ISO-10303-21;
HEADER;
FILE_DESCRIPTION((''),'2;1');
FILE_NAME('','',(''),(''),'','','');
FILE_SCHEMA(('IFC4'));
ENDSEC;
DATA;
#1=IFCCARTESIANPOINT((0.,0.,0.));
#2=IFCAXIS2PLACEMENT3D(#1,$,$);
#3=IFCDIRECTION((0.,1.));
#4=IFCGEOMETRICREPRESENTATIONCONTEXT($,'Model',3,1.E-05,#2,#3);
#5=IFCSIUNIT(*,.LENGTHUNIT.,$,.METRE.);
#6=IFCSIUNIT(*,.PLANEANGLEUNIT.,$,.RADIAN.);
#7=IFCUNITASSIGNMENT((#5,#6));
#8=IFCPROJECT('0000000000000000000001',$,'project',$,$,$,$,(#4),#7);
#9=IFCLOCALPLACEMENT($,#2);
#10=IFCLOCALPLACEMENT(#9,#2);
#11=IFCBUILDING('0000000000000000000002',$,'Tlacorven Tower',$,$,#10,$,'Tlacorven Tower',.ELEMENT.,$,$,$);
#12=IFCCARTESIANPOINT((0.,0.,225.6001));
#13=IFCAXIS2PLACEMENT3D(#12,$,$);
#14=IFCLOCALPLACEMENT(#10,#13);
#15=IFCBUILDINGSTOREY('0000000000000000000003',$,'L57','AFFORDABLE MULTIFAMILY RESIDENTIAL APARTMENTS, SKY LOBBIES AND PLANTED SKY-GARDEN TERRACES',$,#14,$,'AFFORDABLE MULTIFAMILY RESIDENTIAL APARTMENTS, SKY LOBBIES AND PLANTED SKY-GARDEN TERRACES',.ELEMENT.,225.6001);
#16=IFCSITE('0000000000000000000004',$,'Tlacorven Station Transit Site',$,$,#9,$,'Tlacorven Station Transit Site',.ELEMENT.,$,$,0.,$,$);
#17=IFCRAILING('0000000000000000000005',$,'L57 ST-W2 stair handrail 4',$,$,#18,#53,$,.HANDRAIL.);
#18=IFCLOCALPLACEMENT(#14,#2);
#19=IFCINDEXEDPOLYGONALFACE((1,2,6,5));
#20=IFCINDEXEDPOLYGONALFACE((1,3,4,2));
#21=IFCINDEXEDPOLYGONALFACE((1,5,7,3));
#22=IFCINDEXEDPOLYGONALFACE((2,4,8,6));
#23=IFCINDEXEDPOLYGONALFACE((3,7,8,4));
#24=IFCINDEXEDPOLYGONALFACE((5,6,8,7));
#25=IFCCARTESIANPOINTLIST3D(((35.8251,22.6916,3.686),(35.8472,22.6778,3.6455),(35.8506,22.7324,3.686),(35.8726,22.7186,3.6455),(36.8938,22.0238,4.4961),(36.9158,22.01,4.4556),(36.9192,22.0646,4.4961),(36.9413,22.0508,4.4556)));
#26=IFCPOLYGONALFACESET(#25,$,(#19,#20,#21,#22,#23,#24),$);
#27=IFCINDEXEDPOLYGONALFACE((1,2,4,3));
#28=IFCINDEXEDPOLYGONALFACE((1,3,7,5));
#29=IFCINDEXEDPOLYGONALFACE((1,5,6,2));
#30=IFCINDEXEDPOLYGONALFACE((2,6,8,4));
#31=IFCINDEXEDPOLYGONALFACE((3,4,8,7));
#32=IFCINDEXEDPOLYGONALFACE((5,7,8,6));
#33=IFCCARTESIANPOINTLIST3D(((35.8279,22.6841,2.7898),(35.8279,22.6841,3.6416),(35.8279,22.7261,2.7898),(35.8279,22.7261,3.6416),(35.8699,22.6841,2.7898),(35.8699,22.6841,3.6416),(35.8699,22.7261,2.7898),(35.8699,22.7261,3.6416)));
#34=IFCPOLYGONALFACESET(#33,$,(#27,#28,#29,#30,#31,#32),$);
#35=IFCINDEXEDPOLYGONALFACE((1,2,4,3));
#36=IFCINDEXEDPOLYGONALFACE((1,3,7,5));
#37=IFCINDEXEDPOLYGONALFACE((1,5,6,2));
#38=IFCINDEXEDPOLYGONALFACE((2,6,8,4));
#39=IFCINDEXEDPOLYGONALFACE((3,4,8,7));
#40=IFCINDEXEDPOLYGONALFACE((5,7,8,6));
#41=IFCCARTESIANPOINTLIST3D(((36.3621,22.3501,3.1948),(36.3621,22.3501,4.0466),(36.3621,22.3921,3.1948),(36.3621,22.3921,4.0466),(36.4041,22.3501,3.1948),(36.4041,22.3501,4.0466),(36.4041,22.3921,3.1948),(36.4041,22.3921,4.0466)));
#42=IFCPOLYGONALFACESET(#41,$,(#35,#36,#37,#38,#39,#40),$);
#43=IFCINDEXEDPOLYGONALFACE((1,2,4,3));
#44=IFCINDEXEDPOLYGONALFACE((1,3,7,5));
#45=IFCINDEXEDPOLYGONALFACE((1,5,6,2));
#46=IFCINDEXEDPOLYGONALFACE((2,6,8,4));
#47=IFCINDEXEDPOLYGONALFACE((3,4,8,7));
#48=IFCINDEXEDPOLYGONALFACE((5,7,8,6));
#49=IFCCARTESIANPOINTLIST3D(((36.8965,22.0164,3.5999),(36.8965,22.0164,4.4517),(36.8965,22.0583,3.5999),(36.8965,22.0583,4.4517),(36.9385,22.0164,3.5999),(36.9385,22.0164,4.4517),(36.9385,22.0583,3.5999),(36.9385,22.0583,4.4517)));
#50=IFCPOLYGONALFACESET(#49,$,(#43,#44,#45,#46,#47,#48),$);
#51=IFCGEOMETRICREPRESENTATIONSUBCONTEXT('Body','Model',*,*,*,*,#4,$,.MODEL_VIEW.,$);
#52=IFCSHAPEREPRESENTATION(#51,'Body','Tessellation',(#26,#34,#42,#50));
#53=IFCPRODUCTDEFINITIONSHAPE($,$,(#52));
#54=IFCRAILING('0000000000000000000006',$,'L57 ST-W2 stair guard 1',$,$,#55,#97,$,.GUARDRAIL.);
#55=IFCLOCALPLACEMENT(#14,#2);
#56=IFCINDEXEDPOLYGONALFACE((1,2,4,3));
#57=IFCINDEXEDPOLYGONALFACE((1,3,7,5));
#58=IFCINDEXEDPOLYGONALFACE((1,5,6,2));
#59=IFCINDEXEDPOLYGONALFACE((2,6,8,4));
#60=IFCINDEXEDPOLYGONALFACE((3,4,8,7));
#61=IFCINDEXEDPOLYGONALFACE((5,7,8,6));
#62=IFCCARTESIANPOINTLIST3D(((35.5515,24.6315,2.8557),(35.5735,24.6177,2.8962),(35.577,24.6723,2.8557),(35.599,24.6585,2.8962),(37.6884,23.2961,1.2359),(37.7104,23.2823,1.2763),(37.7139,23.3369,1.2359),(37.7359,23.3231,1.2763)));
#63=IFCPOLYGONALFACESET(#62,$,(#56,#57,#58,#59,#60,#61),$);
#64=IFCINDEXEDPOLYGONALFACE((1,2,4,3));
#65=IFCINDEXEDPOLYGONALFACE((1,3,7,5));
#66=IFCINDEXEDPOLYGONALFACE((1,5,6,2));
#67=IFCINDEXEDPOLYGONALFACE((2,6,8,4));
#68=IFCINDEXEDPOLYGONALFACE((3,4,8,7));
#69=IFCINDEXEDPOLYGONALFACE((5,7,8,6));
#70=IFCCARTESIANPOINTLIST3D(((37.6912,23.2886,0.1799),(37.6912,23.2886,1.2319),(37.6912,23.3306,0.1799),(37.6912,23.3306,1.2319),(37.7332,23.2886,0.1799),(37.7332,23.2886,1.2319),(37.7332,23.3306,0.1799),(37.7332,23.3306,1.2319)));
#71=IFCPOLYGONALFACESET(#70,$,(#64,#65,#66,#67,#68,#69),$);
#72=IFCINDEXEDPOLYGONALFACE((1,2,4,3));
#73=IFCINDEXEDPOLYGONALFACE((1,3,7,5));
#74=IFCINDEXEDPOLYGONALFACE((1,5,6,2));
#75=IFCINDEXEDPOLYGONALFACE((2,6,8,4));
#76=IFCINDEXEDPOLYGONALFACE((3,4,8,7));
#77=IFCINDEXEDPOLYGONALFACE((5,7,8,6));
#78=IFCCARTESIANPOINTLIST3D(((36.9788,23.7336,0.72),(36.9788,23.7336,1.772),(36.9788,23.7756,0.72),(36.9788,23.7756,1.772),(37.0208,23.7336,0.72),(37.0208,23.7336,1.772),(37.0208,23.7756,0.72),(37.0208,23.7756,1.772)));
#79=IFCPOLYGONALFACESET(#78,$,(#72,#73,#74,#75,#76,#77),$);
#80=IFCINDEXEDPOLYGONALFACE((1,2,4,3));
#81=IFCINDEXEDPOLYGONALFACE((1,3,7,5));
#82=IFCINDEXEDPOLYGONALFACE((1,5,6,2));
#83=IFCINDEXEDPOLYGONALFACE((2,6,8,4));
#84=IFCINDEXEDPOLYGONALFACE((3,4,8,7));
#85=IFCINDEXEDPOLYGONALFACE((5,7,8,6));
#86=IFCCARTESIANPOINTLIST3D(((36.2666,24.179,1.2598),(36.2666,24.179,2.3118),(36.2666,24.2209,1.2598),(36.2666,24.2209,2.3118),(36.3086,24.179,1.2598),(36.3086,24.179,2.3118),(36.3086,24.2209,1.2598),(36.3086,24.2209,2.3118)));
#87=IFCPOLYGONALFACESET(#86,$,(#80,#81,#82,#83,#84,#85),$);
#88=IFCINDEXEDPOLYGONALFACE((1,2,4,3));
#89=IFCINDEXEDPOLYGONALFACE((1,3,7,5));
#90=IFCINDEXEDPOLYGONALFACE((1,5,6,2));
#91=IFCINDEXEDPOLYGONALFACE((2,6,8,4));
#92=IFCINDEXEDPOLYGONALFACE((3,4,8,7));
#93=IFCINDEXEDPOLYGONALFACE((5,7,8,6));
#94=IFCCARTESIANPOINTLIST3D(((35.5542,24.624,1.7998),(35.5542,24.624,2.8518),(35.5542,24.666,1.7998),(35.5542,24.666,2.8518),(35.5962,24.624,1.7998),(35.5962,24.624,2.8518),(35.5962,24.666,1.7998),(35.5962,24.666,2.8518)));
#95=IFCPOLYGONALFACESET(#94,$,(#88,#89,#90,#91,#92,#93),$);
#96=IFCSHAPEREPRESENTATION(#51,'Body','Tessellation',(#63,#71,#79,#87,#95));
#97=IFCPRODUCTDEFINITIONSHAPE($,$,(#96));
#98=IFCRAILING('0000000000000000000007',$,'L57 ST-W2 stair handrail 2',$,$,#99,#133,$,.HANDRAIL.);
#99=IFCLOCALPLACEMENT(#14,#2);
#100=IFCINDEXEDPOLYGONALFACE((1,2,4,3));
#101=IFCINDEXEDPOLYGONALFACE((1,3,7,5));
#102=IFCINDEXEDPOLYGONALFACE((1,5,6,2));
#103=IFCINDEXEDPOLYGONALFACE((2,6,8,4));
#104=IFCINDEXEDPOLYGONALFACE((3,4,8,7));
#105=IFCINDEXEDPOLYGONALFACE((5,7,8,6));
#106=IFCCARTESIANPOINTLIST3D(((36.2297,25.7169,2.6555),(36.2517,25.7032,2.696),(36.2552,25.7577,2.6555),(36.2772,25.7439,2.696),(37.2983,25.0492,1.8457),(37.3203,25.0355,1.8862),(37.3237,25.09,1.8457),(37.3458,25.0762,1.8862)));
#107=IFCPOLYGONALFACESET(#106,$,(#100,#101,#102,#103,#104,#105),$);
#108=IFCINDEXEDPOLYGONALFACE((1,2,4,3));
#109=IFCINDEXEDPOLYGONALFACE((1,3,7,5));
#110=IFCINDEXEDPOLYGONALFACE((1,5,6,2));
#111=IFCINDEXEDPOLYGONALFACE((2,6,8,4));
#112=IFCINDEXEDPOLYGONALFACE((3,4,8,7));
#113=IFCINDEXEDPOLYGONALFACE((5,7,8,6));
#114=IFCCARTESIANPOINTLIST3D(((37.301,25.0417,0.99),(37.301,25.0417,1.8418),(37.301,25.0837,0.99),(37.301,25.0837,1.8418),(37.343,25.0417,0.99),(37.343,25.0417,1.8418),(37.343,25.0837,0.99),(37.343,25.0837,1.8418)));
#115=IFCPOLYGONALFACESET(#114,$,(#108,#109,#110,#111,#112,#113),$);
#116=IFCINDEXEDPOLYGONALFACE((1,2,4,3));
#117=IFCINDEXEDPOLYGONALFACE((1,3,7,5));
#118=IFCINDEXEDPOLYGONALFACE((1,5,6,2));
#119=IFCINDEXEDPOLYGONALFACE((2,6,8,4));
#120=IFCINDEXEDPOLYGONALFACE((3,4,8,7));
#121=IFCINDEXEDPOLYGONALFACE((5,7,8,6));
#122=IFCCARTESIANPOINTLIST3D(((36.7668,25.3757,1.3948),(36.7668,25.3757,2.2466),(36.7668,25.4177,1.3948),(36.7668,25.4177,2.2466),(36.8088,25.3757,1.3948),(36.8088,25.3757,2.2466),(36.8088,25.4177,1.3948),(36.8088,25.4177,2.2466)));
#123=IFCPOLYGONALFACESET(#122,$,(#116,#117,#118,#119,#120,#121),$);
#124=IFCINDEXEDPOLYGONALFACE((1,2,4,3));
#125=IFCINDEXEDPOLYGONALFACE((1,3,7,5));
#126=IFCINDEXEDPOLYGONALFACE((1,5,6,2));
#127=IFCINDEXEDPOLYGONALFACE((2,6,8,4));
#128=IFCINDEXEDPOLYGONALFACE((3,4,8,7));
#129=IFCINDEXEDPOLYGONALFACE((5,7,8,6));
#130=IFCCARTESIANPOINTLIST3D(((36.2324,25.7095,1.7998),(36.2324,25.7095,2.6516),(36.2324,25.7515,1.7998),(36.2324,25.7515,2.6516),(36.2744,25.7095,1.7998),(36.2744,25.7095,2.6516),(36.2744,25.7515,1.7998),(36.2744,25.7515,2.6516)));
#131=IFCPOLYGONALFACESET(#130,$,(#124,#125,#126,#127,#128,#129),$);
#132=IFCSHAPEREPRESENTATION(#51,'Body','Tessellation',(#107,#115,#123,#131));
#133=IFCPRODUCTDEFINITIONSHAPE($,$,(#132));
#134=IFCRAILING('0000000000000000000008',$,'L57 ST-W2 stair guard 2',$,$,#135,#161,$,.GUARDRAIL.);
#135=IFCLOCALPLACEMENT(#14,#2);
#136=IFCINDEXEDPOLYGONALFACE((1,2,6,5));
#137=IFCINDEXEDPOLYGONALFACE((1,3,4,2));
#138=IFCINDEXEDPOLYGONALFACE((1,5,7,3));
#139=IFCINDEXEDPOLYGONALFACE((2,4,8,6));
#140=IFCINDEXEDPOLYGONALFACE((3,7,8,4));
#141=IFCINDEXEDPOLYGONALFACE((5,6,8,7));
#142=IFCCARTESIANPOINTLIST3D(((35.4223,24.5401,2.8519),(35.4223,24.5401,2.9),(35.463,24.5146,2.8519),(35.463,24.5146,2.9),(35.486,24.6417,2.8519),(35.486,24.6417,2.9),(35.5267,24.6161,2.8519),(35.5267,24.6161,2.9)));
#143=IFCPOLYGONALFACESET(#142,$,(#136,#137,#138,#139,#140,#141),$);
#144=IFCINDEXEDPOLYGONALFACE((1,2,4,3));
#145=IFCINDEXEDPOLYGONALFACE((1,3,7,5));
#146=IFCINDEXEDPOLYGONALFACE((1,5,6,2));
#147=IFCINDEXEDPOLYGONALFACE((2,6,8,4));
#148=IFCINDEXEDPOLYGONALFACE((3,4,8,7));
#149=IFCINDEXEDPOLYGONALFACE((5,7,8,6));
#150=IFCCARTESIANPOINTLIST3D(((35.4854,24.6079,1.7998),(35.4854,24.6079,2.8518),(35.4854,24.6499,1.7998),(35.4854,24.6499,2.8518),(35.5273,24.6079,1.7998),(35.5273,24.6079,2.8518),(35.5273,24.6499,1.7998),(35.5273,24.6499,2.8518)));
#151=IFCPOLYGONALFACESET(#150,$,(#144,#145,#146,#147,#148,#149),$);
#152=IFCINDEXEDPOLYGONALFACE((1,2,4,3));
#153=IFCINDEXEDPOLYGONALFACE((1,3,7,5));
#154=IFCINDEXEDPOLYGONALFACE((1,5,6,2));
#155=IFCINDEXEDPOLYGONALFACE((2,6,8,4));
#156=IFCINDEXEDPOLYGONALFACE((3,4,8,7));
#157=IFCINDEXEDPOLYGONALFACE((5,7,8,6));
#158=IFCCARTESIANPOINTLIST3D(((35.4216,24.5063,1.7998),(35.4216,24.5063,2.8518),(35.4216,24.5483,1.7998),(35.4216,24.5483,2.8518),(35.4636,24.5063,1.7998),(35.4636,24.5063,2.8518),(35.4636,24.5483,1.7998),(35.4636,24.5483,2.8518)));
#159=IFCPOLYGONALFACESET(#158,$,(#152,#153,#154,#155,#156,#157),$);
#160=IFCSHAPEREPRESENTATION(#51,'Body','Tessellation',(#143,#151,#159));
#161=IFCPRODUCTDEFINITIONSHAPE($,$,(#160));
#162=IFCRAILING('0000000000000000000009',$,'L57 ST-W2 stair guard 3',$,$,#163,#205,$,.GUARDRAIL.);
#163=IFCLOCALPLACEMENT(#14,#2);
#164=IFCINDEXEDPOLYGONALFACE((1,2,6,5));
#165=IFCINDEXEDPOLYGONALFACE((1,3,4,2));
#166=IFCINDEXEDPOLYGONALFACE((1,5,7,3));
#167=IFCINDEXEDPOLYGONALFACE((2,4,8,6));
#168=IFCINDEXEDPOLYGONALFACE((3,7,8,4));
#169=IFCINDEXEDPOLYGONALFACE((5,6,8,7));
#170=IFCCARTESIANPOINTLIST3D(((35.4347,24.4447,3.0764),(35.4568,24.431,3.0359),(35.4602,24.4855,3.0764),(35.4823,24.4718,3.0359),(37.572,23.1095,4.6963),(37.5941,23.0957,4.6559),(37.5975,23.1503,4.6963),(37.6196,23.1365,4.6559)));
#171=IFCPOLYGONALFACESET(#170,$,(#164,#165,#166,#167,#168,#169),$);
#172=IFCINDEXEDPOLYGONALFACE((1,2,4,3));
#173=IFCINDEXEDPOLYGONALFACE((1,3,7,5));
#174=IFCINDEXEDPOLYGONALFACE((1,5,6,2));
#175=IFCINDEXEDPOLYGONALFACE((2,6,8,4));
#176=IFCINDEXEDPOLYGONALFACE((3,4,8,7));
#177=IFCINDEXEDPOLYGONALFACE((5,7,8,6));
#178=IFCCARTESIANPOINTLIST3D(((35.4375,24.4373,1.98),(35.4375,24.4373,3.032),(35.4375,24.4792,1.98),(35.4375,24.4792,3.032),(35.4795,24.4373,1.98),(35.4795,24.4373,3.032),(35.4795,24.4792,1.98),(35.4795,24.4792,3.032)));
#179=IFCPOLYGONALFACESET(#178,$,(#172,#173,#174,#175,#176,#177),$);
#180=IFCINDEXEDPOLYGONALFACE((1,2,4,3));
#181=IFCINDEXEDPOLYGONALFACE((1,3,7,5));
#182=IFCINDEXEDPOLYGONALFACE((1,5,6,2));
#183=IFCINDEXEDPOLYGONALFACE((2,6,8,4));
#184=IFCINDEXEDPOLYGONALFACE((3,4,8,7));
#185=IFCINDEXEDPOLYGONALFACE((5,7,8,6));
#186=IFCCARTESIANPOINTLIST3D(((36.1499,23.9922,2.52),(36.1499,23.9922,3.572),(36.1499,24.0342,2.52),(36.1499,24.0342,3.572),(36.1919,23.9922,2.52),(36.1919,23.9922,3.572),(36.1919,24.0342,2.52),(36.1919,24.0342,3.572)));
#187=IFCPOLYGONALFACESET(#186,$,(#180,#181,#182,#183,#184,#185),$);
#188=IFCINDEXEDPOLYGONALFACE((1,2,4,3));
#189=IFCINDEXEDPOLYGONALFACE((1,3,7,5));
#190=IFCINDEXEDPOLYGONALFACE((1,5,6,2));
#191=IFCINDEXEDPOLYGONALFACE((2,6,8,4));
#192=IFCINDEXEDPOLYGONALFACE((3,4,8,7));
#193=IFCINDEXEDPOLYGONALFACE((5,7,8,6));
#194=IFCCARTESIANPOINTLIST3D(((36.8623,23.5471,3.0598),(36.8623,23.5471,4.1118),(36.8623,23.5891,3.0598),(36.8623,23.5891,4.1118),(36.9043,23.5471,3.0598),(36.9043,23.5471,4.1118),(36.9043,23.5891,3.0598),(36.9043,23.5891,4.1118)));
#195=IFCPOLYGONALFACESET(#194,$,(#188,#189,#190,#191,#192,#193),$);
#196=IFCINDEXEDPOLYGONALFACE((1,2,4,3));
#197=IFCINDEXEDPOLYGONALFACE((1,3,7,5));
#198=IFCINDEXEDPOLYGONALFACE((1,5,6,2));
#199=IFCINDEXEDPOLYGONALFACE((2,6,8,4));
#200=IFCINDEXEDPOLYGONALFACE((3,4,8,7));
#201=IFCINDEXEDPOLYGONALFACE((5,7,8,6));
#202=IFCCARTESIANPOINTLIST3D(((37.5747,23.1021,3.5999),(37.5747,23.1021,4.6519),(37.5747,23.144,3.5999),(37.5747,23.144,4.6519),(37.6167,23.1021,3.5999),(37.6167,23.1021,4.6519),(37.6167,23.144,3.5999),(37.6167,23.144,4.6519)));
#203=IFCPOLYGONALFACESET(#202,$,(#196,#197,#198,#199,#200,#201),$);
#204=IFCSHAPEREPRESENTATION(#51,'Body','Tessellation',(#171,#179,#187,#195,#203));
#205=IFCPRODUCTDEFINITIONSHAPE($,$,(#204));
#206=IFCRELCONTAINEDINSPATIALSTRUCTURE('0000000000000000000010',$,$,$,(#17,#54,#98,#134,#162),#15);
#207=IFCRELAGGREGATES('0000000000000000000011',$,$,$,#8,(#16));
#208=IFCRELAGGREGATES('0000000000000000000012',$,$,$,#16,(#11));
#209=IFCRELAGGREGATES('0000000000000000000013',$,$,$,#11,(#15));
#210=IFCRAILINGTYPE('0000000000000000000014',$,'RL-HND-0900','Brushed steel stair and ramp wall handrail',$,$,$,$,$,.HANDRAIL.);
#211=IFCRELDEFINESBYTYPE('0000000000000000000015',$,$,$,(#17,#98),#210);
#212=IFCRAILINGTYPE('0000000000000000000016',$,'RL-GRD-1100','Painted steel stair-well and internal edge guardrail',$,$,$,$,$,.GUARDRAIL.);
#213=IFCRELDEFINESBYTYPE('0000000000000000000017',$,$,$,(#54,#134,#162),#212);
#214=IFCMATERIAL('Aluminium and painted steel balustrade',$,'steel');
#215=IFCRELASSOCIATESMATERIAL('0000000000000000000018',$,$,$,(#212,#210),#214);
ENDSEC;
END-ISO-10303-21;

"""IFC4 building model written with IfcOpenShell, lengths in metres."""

from ifc_helpers import new_model, si_unit, direction, frame, origin, origin_2d, place, context, subcontext, project, spatial, rectangle, extrude, source, transform, mapped, material, type_object, element, save


model = new_model("IFC4")

# Units and contexts
model_context = context("Model", 3, precision=1e-05, world=origin(), true_north=direction((0.0, 1.0)))
body_context = subcontext(model_context, "Body", "Model", "MODEL_VIEW")
ifc_project = project(units=[si_unit("LENGTHUNIT", "METRE"), si_unit("PLANEANGLEUNIT", "RADIAN")], contexts=[model_context])

# Site, building, storey
site_placement = place(None, origin())
site = spatial("IfcSite", under=ifc_project, at=site_placement, Name="Tlacorven Station Transit Site", LongName="Tlacorven Station Transit Site", CompositionType="ELEMENT", RefElevation=0.0)
building_placement = place(site_placement, origin())
building = spatial("IfcBuilding", under=site, at=building_placement, Name="Tlacorven Tower", LongName="Tlacorven Tower", CompositionType="ELEMENT")
storey_placement = place(building_placement, frame((0.0, 0.0, 225.6001)))
storey = spatial("IfcBuildingStorey", under=building, at=storey_placement, Name="L57", Description="AFFORDABLE MULTIFAMILY RESIDENTIAL APARTMENTS, SKY LOBBIES AND PLANTED SKY-GARDEN TERRACES", LongName="AFFORDABLE MULTIFAMILY RESIDENTIAL APARTMENTS, SKY LOBBIES AND PLANTED SKY-GARDEN TERRACES", CompositionType="ELEMENT", Elevation=225.6001)

# Railings
ifc_material_1 = material(Name="Aluminium and painted steel balustrade", Category="steel")
railing_type_1 = type_object("IfcRailingType", Name="RL-GRD-1100", Description="Painted steel stair-well and internal edge guardrail", PredefinedType="GUARDRAIL", material=ifc_material_1)
railing_type_2 = type_object("IfcRailingType", Name="RL-HND-0900", Description="Brushed steel stair and ramp wall handrail", PredefinedType="HANDRAIL", material=ifc_material_1)
shared_shape_1 = source(origin(), body_context, "Body", "SweptSolid", [
    extrude(rectangle(XDim=0.0481, YDim=0.0481, at=origin_2d()), frame((0.0, 0.0, 0.876), z_axis=(0.71336, -0.445748, 0.540765), x_axis=(0.529912, 0.848053, 0.0)), (0.0, 0.0, 1.0), 1.498),
    extrude(rectangle(XDim=0.042, YDim=0.042, at=origin_2d()), origin(), (0.0, 0.0, 1.0), 0.8518),
    extrude(rectangle(XDim=0.042, YDim=0.042, at=origin_2d()), frame((0.5342, -0.334, 0.405)), (0.0, 0.0, 1.0), 0.8518),
    extrude(rectangle(XDim=0.042, YDim=0.042, at=origin_2d()), frame((1.0686, -0.6677, 0.8101)), (0.0, 0.0, 1.0), 0.8518),
])
railing_1_placement = place(storey_placement, frame((35.8489, 22.7051, 2.7898)))
element("IfcRailing", 1, at=railing_1_placement, inside=storey, type_object=railing_type_2, Name="L57 ST-W2 stair handrail 4", PredefinedType="HANDRAIL", context=body_context, shape_type="MappedRepresentation", body=[
    mapped(shared_shape_1, transform((0.0, 0.0, 0.0), scale=1.0)),
])
shared_shape_2 = source(origin(), body_context, "Body", "SweptSolid", [
    extrude(rectangle(XDim=0.0481, YDim=0.0481, at=origin_2d()), frame((0.0, 0.0, 1.0762), z_axis=(-0.713351, 0.445794, 0.540739), x_axis=(-0.529955, -0.848026, 0.0)), (0.0, 0.0, 1.0), 2.9956),
    extrude(rectangle(XDim=0.042, YDim=0.042, at=origin_2d()), origin(), (0.0, 0.0, 1.0), 1.052),
    extrude(rectangle(XDim=0.042, YDim=0.042, at=origin_2d()), frame((-0.7124, 0.4451, 0.54)), (0.0, 0.0, 1.0), 1.052),
    extrude(rectangle(XDim=0.042, YDim=0.042, at=origin_2d()), frame((-1.4246, 0.8904, 1.0798)), (0.0, 0.0, 1.0), 1.052),
    extrude(rectangle(XDim=0.042, YDim=0.042, at=origin_2d()), frame((-2.137, 1.3354, 1.6199)), (0.0, 0.0, 1.0), 1.052),
])
railing_2_placement = place(storey_placement, frame((37.7122, 23.3096, 0.1799)))
element("IfcRailing", 2, at=railing_2_placement, inside=storey, type_object=railing_type_1, Name="L57 ST-W2 stair guard 1", PredefinedType="GUARDRAIL", context=body_context, shape_type="MappedRepresentation", body=[
    mapped(shared_shape_2, transform((0.0, 0.0, 0.0), scale=1.0)),
])
shared_shape_3 = source(origin(), body_context, "Body", "SweptSolid", [
    extrude(rectangle(XDim=0.0481, YDim=0.0481, at=origin_2d()), frame((0.0, 0.0, 0.876), z_axis=(-0.713423, 0.445787, 0.540649), x_axis=(-0.529912, -0.848053, 0.0)), (0.0, 0.0, 1.0), 1.4978),
    extrude(rectangle(XDim=0.042, YDim=0.042, at=origin_2d()), origin(), (0.0, 0.0, 1.0), 0.8518),
    extrude(rectangle(XDim=0.042, YDim=0.042, at=origin_2d()), frame((-0.5342, 0.334, 0.4048)), (0.0, 0.0, 1.0), 0.8518),
    extrude(rectangle(XDim=0.042, YDim=0.042, at=origin_2d()), frame((-1.0686, 0.6677, 0.8098)), (0.0, 0.0, 1.0), 0.8518),
])
railing_3_placement = place(storey_placement, frame((37.322, 25.0627, 0.99)))
element("IfcRailing", 3, at=railing_3_placement, inside=storey, type_object=railing_type_2, Name="L57 ST-W2 stair handrail 2", PredefinedType="HANDRAIL", context=body_context, shape_type="MappedRepresentation", body=[
    mapped(shared_shape_3, transform((0.0, 0.0, 0.0), scale=1.0)),
])
shared_shape_4 = source(origin(), body_context, "Body", "SweptSolid", [
    extrude(rectangle(XDim=0.0481, YDim=0.0481, at=origin_2d()), frame((0.0, 0.0, 1.0762), z_axis=(-0.531462, -0.847082, 0.0), x_axis=(0.847082, -0.531462, 0.0)), (0.0, 0.0, 1.0), 0.1199),
    extrude(rectangle(XDim=0.042, YDim=0.042, at=origin_2d()), origin(), (0.0, 0.0, 1.0), 1.052),
    extrude(rectangle(XDim=0.042, YDim=0.042, at=origin_2d()), frame((-0.0637, -0.1016, 0.0)), (0.0, 0.0, 1.0), 1.052),
])
railing_4_placement = place(storey_placement, frame((35.5063, 24.6289, 1.7998)))
element("IfcRailing", 4, at=railing_4_placement, inside=storey, type_object=railing_type_1, Name="L57 ST-W2 stair guard 2", PredefinedType="GUARDRAIL", context=body_context, shape_type="MappedRepresentation", body=[
    mapped(shared_shape_4, transform((0.0, 0.0, 0.0), scale=1.0)),
])
shared_shape_5 = source(origin(), body_context, "Body", "SweptSolid", [
    extrude(rectangle(XDim=0.0481, YDim=0.0481, at=origin_2d()), frame((0.0, 0.0, 1.0762), z_axis=(0.713417, -0.445702, 0.540727), x_axis=(0.529842, 0.848096, 0.0)), (0.0, 0.0, 1.0), 2.9958),
    extrude(rectangle(XDim=0.042, YDim=0.042, at=origin_2d()), origin(), (0.0, 0.0, 1.0), 1.052),
    extrude(rectangle(XDim=0.042, YDim=0.042, at=origin_2d()), frame((0.7124, -0.4451, 0.54)), (0.0, 0.0, 1.0), 1.052),
    extrude(rectangle(XDim=0.042, YDim=0.042, at=origin_2d()), frame((1.4248, -0.8901, 1.0798)), (0.0, 0.0, 1.0), 1.052),
    extrude(rectangle(XDim=0.042, YDim=0.042, at=origin_2d()), frame((2.1372, -1.3352, 1.6199)), (0.0, 0.0, 1.0), 1.052),
])
railing_5_placement = place(storey_placement, frame((35.4585, 24.4583, 1.98)))
element("IfcRailing", 5, at=railing_5_placement, inside=storey, type_object=railing_type_1, Name="L57 ST-W2 stair guard 3", PredefinedType="GUARDRAIL", context=body_context, shape_type="MappedRepresentation", body=[
    mapped(shared_shape_5, transform((0.0, 0.0, 0.0), scale=1.0)),
])

save(model, "model.ifc")
